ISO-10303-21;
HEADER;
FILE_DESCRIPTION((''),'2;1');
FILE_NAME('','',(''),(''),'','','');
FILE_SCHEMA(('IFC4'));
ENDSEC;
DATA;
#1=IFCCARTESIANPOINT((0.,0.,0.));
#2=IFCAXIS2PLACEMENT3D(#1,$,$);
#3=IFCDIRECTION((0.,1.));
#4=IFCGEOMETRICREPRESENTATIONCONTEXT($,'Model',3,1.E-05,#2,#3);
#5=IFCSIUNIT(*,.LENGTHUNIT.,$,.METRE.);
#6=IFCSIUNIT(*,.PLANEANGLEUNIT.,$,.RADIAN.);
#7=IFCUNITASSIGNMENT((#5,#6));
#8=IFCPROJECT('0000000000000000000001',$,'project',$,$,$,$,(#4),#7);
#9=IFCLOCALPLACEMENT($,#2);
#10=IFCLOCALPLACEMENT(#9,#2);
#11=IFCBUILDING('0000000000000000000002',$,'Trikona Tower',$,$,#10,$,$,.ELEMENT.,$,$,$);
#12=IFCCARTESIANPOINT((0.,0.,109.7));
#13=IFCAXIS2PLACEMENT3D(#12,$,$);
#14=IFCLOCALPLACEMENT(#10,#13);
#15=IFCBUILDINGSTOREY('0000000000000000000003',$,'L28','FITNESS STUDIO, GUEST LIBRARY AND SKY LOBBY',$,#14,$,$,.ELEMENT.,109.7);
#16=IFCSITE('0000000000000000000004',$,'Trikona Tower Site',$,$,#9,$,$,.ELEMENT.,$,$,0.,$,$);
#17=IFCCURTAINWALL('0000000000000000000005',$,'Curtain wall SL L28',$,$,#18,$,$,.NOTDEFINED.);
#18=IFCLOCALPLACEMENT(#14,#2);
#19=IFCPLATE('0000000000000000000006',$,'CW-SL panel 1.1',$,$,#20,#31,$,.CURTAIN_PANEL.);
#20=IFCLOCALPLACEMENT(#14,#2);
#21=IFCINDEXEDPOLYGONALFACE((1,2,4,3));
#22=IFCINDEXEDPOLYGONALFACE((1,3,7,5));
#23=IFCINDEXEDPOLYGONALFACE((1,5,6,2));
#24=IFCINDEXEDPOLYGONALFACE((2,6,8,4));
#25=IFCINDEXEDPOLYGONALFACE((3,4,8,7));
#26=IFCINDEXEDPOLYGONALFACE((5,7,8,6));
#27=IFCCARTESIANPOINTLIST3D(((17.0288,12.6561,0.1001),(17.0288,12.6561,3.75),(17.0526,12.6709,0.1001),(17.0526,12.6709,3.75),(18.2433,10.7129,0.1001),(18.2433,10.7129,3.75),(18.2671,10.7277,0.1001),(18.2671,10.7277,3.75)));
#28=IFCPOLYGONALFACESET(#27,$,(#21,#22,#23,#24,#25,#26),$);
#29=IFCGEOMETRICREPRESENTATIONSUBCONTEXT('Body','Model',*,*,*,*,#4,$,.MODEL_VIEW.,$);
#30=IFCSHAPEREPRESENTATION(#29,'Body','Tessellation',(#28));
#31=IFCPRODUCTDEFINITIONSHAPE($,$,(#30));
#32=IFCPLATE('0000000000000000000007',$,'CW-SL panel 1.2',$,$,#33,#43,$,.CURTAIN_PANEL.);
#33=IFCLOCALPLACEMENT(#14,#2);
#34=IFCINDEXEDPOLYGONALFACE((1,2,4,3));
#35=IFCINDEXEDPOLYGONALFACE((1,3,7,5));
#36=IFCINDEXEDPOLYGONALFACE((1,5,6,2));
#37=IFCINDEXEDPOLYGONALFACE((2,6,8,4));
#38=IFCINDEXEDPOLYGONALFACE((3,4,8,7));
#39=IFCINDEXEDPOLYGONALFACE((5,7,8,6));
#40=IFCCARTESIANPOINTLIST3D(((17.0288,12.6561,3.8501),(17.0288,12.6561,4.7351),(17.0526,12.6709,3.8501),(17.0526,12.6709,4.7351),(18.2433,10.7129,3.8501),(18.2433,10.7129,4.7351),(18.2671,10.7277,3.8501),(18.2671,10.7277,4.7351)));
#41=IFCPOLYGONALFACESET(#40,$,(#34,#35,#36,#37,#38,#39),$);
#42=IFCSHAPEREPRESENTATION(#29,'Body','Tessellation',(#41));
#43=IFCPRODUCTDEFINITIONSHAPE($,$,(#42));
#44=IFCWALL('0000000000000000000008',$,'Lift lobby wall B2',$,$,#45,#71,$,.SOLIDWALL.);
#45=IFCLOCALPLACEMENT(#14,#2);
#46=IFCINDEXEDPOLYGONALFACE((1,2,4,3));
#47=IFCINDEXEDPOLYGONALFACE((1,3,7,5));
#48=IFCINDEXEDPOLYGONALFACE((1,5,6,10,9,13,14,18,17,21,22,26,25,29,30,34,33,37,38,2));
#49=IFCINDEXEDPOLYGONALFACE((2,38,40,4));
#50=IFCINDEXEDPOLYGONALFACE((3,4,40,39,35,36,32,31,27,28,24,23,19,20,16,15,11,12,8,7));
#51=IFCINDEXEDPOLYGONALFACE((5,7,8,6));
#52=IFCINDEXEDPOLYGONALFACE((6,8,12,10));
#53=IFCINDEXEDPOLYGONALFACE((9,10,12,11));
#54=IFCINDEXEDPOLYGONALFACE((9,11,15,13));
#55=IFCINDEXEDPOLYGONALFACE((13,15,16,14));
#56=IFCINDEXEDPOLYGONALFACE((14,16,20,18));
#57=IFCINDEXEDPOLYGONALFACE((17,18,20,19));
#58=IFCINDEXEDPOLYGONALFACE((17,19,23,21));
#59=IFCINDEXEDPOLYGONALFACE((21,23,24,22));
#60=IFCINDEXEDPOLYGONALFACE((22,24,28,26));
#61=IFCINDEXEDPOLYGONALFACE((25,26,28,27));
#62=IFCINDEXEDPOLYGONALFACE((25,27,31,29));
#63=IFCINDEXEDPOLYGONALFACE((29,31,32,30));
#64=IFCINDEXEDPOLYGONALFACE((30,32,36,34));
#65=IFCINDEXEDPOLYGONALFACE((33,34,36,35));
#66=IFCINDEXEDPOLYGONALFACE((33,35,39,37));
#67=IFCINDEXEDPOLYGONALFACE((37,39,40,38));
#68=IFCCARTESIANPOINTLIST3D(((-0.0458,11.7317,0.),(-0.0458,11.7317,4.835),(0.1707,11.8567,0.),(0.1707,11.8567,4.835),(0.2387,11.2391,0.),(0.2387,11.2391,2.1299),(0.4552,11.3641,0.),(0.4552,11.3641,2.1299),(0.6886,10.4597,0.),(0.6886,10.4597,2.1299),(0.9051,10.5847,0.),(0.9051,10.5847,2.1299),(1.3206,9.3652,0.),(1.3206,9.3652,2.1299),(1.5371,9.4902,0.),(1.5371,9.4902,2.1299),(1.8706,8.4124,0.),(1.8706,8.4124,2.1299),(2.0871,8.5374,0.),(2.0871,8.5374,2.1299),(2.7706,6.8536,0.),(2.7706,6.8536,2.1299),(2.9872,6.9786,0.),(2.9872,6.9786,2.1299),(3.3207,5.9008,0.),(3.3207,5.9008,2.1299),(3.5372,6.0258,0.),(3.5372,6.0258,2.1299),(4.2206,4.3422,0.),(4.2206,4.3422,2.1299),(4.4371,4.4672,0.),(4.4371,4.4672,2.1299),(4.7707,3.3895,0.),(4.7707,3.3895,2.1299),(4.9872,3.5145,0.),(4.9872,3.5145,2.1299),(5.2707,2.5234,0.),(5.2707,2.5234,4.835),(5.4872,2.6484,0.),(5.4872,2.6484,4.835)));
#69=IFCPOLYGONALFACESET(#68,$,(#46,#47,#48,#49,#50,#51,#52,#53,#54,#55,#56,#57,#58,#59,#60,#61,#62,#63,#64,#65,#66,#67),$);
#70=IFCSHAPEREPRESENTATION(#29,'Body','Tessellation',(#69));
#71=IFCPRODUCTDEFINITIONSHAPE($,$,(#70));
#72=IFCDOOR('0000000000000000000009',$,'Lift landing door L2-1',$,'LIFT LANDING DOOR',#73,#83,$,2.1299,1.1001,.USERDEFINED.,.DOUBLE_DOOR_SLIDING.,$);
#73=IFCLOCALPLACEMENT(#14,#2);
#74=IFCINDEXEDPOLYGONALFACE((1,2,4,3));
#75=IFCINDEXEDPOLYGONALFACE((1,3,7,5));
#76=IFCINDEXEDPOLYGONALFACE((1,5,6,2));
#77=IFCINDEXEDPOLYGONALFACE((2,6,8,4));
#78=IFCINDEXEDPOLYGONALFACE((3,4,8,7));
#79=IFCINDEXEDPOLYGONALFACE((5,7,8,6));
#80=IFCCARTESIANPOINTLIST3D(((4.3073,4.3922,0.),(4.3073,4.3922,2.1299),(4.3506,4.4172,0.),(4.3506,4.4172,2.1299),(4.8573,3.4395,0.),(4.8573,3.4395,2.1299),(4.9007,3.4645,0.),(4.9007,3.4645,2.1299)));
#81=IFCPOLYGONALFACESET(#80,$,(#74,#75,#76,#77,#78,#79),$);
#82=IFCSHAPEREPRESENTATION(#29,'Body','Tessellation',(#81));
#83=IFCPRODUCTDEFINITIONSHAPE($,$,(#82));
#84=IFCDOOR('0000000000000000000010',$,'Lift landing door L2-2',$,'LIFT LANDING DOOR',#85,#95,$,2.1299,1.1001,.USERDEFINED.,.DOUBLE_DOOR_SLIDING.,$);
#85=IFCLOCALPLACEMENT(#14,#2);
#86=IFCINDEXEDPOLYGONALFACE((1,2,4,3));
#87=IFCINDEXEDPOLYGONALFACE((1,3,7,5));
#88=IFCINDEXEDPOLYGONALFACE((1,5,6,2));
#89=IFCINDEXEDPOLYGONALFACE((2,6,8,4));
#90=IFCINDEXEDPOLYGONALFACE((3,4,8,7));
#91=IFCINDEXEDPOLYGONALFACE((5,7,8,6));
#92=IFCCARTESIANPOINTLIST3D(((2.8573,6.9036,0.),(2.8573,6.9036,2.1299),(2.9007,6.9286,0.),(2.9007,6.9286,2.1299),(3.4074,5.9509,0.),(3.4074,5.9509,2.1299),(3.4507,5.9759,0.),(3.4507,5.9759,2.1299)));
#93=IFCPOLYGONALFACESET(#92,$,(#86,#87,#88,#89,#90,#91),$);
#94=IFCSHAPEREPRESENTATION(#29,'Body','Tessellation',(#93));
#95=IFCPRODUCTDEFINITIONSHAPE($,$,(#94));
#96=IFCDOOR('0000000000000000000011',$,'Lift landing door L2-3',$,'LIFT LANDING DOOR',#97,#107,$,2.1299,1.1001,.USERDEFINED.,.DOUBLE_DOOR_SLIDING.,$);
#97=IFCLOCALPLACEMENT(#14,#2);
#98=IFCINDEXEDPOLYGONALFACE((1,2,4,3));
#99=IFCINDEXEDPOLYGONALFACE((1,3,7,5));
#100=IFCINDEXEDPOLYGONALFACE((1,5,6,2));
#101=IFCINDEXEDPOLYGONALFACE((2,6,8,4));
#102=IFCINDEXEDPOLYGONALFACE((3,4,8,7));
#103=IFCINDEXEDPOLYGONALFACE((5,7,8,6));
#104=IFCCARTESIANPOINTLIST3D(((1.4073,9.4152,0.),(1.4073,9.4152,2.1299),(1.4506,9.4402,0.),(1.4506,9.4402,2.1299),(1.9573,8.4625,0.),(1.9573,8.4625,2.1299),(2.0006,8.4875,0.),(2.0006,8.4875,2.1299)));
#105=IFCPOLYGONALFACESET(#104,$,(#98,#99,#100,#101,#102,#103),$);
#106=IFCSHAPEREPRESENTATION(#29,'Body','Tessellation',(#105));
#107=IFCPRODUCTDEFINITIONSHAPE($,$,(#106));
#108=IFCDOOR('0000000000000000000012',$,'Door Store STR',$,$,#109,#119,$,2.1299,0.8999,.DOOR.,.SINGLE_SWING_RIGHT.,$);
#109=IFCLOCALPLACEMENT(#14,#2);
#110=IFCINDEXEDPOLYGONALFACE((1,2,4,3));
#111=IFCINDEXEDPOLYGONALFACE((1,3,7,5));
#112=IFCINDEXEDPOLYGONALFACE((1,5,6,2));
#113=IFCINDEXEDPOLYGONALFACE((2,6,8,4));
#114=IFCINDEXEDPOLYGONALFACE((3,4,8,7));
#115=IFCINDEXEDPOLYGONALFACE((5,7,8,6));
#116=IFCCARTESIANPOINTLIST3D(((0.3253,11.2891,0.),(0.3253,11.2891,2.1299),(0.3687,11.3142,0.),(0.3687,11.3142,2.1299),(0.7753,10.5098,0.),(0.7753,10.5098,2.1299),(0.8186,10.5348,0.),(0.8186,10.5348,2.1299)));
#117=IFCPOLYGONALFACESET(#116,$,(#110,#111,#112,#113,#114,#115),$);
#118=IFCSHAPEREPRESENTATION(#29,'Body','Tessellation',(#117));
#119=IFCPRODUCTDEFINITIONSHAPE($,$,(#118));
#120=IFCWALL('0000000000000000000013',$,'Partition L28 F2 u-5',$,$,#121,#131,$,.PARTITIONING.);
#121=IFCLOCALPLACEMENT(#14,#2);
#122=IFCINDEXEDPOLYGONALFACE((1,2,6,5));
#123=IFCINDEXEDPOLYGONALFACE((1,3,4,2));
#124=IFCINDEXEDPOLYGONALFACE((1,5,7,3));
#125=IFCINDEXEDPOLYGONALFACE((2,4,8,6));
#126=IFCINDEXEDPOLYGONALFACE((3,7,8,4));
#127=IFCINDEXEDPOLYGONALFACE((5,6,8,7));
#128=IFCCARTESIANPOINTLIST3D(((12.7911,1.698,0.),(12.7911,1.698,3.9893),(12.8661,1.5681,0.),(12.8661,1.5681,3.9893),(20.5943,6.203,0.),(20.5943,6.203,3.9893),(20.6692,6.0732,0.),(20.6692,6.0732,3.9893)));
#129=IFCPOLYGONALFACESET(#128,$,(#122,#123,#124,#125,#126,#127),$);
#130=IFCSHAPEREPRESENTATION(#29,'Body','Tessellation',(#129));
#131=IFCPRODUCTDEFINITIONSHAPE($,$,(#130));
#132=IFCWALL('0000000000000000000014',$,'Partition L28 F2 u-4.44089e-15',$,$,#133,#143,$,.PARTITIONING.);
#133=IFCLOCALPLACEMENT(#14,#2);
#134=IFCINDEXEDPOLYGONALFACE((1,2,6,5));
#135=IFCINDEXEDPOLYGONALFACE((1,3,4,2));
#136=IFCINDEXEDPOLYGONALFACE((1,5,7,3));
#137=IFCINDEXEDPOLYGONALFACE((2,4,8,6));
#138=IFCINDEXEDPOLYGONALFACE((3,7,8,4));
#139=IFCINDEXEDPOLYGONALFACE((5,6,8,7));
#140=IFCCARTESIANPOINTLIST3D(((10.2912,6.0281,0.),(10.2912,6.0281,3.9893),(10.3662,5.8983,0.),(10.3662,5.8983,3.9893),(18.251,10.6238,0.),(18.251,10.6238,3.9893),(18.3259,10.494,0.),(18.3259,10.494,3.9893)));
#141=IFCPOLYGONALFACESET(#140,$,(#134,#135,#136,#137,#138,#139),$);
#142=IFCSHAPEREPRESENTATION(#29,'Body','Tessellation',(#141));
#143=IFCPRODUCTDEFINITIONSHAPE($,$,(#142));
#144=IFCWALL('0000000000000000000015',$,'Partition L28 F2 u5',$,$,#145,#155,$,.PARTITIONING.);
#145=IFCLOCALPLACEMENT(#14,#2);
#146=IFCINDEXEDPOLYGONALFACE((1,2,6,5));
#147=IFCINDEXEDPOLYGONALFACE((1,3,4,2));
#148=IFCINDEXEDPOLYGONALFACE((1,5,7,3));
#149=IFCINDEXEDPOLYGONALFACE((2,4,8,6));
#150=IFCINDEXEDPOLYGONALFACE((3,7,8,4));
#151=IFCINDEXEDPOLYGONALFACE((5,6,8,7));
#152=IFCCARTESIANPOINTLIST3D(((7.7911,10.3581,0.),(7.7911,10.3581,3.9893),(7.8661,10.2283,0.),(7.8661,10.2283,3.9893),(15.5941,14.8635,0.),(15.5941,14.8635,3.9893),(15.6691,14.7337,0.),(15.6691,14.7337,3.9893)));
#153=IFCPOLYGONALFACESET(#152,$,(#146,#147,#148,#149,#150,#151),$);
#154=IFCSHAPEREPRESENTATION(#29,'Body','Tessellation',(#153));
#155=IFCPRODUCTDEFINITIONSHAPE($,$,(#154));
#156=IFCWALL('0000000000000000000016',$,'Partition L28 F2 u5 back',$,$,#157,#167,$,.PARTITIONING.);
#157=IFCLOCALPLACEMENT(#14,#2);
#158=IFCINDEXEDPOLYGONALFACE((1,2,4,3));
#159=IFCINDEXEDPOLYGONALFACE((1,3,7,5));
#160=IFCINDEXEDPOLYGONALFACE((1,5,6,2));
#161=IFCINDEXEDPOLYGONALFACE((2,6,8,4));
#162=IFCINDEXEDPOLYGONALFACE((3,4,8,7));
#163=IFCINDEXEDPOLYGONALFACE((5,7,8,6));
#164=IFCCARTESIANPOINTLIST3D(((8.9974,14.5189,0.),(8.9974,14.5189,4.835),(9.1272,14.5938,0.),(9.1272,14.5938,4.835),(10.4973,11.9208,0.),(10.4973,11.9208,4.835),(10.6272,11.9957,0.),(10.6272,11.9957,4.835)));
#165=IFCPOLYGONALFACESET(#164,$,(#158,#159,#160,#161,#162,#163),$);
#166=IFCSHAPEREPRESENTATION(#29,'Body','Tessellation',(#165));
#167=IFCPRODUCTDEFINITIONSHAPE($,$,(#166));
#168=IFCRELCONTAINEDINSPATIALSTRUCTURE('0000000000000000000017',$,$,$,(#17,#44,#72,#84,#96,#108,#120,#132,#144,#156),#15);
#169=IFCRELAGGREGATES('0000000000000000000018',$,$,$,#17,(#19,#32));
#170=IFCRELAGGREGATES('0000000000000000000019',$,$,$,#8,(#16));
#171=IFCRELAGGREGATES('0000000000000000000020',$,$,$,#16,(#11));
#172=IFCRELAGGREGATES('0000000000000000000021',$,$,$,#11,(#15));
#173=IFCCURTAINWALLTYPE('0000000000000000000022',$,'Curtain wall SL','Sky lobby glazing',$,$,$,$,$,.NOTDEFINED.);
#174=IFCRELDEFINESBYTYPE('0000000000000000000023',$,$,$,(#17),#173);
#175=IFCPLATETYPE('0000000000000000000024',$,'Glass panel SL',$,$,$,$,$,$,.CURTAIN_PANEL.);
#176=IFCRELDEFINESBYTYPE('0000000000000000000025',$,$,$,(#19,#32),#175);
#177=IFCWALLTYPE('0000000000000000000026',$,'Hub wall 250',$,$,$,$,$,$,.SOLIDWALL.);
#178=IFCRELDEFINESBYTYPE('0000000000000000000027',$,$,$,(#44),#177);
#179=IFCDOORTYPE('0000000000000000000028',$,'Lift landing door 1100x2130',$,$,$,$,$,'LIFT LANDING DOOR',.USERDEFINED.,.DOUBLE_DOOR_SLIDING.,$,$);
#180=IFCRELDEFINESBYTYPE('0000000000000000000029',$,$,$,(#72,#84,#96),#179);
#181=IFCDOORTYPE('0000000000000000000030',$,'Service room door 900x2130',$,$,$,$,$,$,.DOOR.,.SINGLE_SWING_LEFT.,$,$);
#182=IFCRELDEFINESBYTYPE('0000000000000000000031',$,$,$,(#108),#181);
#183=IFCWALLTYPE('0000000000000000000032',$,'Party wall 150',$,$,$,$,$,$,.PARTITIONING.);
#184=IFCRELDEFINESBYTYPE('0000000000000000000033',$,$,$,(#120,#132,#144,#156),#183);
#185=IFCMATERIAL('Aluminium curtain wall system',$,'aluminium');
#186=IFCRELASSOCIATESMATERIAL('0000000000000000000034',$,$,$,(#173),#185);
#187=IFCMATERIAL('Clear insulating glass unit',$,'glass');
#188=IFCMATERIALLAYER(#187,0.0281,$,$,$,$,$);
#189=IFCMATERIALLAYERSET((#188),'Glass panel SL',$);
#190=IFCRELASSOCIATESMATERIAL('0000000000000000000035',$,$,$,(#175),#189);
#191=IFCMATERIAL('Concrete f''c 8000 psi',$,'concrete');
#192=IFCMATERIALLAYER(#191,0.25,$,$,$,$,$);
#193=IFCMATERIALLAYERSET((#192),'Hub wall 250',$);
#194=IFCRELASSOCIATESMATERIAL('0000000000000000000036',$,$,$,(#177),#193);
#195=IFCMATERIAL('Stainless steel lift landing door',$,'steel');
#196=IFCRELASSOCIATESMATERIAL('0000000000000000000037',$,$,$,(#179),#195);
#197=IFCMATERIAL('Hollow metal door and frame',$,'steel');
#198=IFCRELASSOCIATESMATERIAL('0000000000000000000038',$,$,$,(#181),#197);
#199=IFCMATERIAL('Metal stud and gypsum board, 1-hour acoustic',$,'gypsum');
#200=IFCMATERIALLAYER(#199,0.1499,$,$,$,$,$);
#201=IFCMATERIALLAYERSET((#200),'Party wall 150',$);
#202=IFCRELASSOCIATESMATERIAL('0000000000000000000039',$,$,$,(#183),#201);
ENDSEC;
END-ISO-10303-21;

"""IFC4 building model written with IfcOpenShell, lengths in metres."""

from ifc_helpers import new_model, si_unit, direction, frame, frame_2d, origin, origin_2d, place, context, subcontext, project, spatial, rectangle, extrude, material, layer, layer_set, type_object, element, fill, aggregate, save


model = new_model("IFC4")

# Units and contexts
model_context = context("Model", 3, precision=1e-05, world=origin(), true_north=direction((0.0, 1.0)))
body_context = subcontext(model_context, "Body", "Model", "MODEL_VIEW")
ifc_project = project(units=[si_unit("LENGTHUNIT", "METRE"), si_unit("PLANEANGLEUNIT", "RADIAN")], contexts=[model_context])

# Site, building, storey
site_placement = place(None, origin())
site = spatial("IfcSite", under=ifc_project, at=site_placement, Name="Trikona Tower Site", CompositionType="ELEMENT", RefElevation=0.0)
building_placement = place(site_placement, origin())
building = spatial("IfcBuilding", under=site, at=building_placement, Name="Trikona Tower", CompositionType="ELEMENT")
storey_placement = place(building_placement, frame((0.0, 0.0, 109.7)))
storey = spatial("IfcBuildingStorey", under=building, at=storey_placement, Name="L28", Description="FITNESS STUDIO, GUEST LIBRARY AND SKY LOBBY", CompositionType="ELEMENT", Elevation=109.7)

# Shared definitions
ifc_material_1 = material(Name="Aluminium curtain wall system", Category="aluminium")
curtain_wall_type = type_object("IfcCurtainWallType", Name="Curtain wall SL", Description="Sky lobby glazing", PredefinedType="NOTDEFINED", material=ifc_material_1)

# Curtain wall
curtain_wall_1_placement = place(storey_placement, origin())
curtain_wall_1 = element("IfcCurtainWall", 1, at=curtain_wall_1_placement, inside=storey, type_object=curtain_wall_type, Name="Curtain wall SL L28", PredefinedType="NOTDEFINED")

# Plates
ifc_material_2 = material(Name="Clear insulating glass unit", Category="glass")
ifc_layer_1 = layer(ifc_material_2, 0.0281)
ifc_layer_set_1 = layer_set([ifc_layer_1], Name="Glass panel SL")
plate_type = type_object("IfcPlateType", Name="Glass panel SL", PredefinedType="CURTAIN_PANEL", material=ifc_layer_set_1)
plate_1_placement = place(storey_placement, frame((17.6479, 11.6919, 0.1001), z_axis=(0.0, 0.0, 1.0), x_axis=(-0.529999, 0.847998, 0.0)))
plate_1 = element("IfcPlate", 2, at=plate_1_placement, type_object=plate_type, Name="CW-SL panel 1.1", PredefinedType="CURTAIN_PANEL", context=body_context, shape_type="SweptSolid", body=[
    extrude(rectangle(XDim=2.2915, YDim=0.0281, at=origin_2d()), origin(), (0.0, 0.0, 1.0), 3.6499),
])
plate_2_placement = place(storey_placement, frame((17.6479, 11.6919, 3.8501), z_axis=(0.0, 0.0, 1.0), x_axis=(-0.529999, 0.847998, 0.0)))
plate_2 = element("IfcPlate", 3, at=plate_2_placement, type_object=plate_type, Name="CW-SL panel 1.2", PredefinedType="CURTAIN_PANEL", context=body_context, shape_type="SweptSolid", body=[
    extrude(rectangle(XDim=2.2915, YDim=0.0281, at=origin_2d()), origin(), (0.0, 0.0, 1.0), 0.885),
])
aggregate(curtain_wall_1, [plate_1, plate_2])

# Wall, openings, doors
ifc_material_3 = material(Name="Concrete f'c 8000 psi", Category="concrete")
ifc_layer_2 = layer(ifc_material_3, 0.25)
ifc_layer_set_2 = layer_set([ifc_layer_2], Name="Hub wall 250")
wall_type_1 = type_object("IfcWallType", Name="Hub wall 250", PredefinedType="SOLIDWALL", material=ifc_layer_set_2)
wall_1_placement = place(storey_placement, frame((5.3789, 2.5859, 0.0), z_axis=(0.0, 0.0, 1.0), x_axis=(-0.500001, 0.866025, 0.0)))
wall_1 = element("IfcWall", 4, at=wall_1_placement, inside=storey, type_object=wall_type_1, Name="Lift lobby wall B2", PredefinedType="SOLIDWALL", context=body_context, shape_type="SweptSolid", body=[
    extrude(rectangle(XDim=10.6328, YDim=0.25, at=frame_2d((5.3164, 0.0))), origin(), (0.0, 0.0, 1.0), 4.835),
])
opening_1_placement = place(wall_1_placement, frame((9.1641, 0.0, 0.0)))
opening_1 = element("IfcOpeningElement", 5, at=opening_1_placement, cuts=wall_1, PredefinedType="OPENING", context=body_context, shape_type="SweptSolid", body=[
    extrude(rectangle(XDim=0.8999, YDim=2.1299, at=frame_2d((0.45, 1.0649))), frame((0.0, 0.135, 0.0), z_axis=(0.0, -1.0, 0.0), x_axis=(1.0, 0.0, 0.0)), (0.0, 0.0, 1.0), 0.27),
])
opening_2_placement = place(wall_1_placement, frame((1.0, 0.0, 0.0)))
opening_2 = element("IfcOpeningElement", 6, at=opening_2_placement, cuts=wall_1, PredefinedType="OPENING", context=body_context, shape_type="SweptSolid", body=[
    extrude(rectangle(XDim=1.1001, YDim=2.1299, at=frame_2d((0.55, 1.0649))), frame((0.0, 0.135, 0.0), z_axis=(0.0, -1.0, 0.0), x_axis=(1.0, 0.0, 0.0)), (0.0, 0.0, 1.0), 0.27),
])
opening_3_placement = place(wall_1_placement, frame((3.8999, 0.0, 0.0)))
opening_3 = element("IfcOpeningElement", 7, at=opening_3_placement, cuts=wall_1, PredefinedType="OPENING", context=body_context, shape_type="SweptSolid", body=[
    extrude(rectangle(XDim=1.1001, YDim=2.1299, at=frame_2d((0.55, 1.0649))), frame((0.0, 0.135, 0.0), z_axis=(0.0, -1.0, 0.0), x_axis=(1.0, 0.0, 0.0)), (0.0, 0.0, 1.0), 0.27),
])
opening_4_placement = place(wall_1_placement, frame((6.8, 0.0, 0.0)))
opening_4 = element("IfcOpeningElement", 8, at=opening_4_placement, cuts=wall_1, PredefinedType="OPENING", context=body_context, shape_type="SweptSolid", body=[
    extrude(rectangle(XDim=1.1001, YDim=2.1299, at=frame_2d((0.55, 1.0649))), frame((0.0, 0.135, 0.0), z_axis=(0.0, -1.0, 0.0), x_axis=(1.0, 0.0, 0.0)), (0.0, 0.0, 1.0), 0.27),
])
ifc_material_4 = material(Name="Stainless steel lift landing door", Category="steel")
door_type_1 = type_object("IfcDoorType", Name="Lift landing door 1100x2130", ElementType="LIFT LANDING DOOR", OperationType="DOUBLE_DOOR_SLIDING", PredefinedType="USERDEFINED", material=ifc_material_4)
door_1_placement = place(opening_2_placement, origin())
door_1 = element("IfcDoor", 9, at=door_1_placement, inside=storey, type_object=door_type_1, Name="Lift landing door L2-1", ObjectType="LIFT LANDING DOOR", OperationType="DOUBLE_DOOR_SLIDING", OverallHeight=2.1299, OverallWidth=1.1001, PredefinedType="USERDEFINED", context=body_context, shape_type="SweptSolid", body=[
    extrude(rectangle(XDim=1.1001, YDim=2.1299, at=frame_2d((0.55, 1.0649))), frame((0.0, 0.0249, 0.0), z_axis=(0.0, -1.0, 0.0), x_axis=(1.0, 0.0, 0.0)), (0.0, 0.0, 1.0), 0.05),
])
fill(opening_2, door_1)
door_2_placement = place(opening_3_placement, origin())
door_2 = element("IfcDoor", 10, at=door_2_placement, inside=storey, type_object=door_type_1, Name="Lift landing door L2-2", ObjectType="LIFT LANDING DOOR", OperationType="DOUBLE_DOOR_SLIDING", OverallHeight=2.1299, OverallWidth=1.1001, PredefinedType="USERDEFINED", context=body_context, shape_type="SweptSolid", body=[
    extrude(rectangle(XDim=1.1001, YDim=2.1299, at=frame_2d((0.55, 1.0649))), frame((0.0, 0.0249, 0.0), z_axis=(0.0, -1.0, 0.0), x_axis=(1.0, 0.0, 0.0)), (0.0, 0.0, 1.0), 0.05),
])
fill(opening_3, door_2)
door_3_placement = place(opening_4_placement, origin())
door_3 = element("IfcDoor", 11, at=door_3_placement, inside=storey, type_object=door_type_1, Name="Lift landing door L2-3", ObjectType="LIFT LANDING DOOR", OperationType="DOUBLE_DOOR_SLIDING", OverallHeight=2.1299, OverallWidth=1.1001, PredefinedType="USERDEFINED", context=body_context, shape_type="SweptSolid", body=[
    extrude(rectangle(XDim=1.1001, YDim=2.1299, at=frame_2d((0.55, 1.0649))), frame((0.0, 0.0249, 0.0), z_axis=(0.0, -1.0, 0.0), x_axis=(1.0, 0.0, 0.0)), (0.0, 0.0, 1.0), 0.05),
])
fill(opening_4, door_3)
ifc_material_5 = material(Name="Hollow metal door and frame", Category="steel")
door_type_2 = type_object("IfcDoorType", Name="Service room door 900x2130", OperationType="SINGLE_SWING_LEFT", PredefinedType="DOOR", material=ifc_material_5)
door_4_placement = place(opening_1_placement, origin())
door_4 = element("IfcDoor", 12, at=door_4_placement, inside=storey, type_object=door_type_2, Name="Door Store STR", OperationType="SINGLE_SWING_RIGHT", OverallHeight=2.1299, OverallWidth=0.8999, PredefinedType="DOOR", context=body_context, shape_type="SweptSolid", body=[
    extrude(rectangle(XDim=0.8999, YDim=2.1299, at=frame_2d((0.45, 1.0649))), frame((0.0, 0.0249, 0.0), z_axis=(0.0, -1.0, 0.0), x_axis=(1.0, 0.0, 0.0)), (0.0, 0.0, 1.0), 0.05),
])
fill(opening_1, door_4)

# Walls
ifc_material_6 = material(Name="Metal stud and gypsum board, 1-hour acoustic", Category="gypsum")
ifc_layer_3 = layer(ifc_material_6, 0.1499)
ifc_layer_set_3 = layer_set([ifc_layer_3], Name="Party wall 150")
wall_type_2 = type_object("IfcWallType", Name="Party wall 150", PredefinedType="PARTITIONING", material=ifc_layer_set_3)
wall_2_placement = place(storey_placement, frame((12.8286, 1.6331, 0.0), z_axis=(0.0, 0.0, 1.0), x_axis=(0.866029, 0.499995, 0.0)))
element("IfcWall", 13, at=wall_2_placement, inside=storey, type_object=wall_type_2, Name="Partition L28 F2 u-5", PredefinedType="PARTITIONING", context=body_context, shape_type="SweptSolid", body=[
    extrude(rectangle(XDim=9.0103, YDim=0.1499, at=frame_2d((4.5051, 0.0))), origin(), (0.0, 0.0, 1.0), 3.9893),
])
wall_3_placement = place(storey_placement, frame((10.3286, 5.9631, 0.0), z_axis=(0.0, 0.0, 1.0), x_axis=(0.866018, 0.500013, 0.0)))
element("IfcWall", 14, at=wall_3_placement, inside=storey, type_object=wall_type_2, Name="Partition L28 F2 u-4.44089e-15", PredefinedType="PARTITIONING", context=body_context, shape_type="SweptSolid", body=[
    extrude(rectangle(XDim=9.1912, YDim=0.1499, at=frame_2d((4.5957, 0.0))), origin(), (0.0, 0.0, 1.0), 3.9893),
])
wall_4_placement = place(storey_placement, frame((7.8286, 10.2932, 0.0), z_axis=(0.0, 0.0, 1.0), x_axis=(0.86601, 0.500027, 0.0)))
element("IfcWall", 15, at=wall_4_placement, inside=storey, type_object=wall_type_2, Name="Partition L28 F2 u5", PredefinedType="PARTITIONING", context=body_context, shape_type="SweptSolid", body=[
    extrude(rectangle(XDim=9.0103, YDim=0.1499, at=frame_2d((4.5051, 0.0))), origin(), (0.0, 0.0, 1.0), 3.9893),
])
wall_5_placement = place(storey_placement, frame((10.5623, 11.9583, 0.0), z_axis=(0.0, 0.0, 1.0), x_axis=(-0.49999, 0.866031, 0.0)))
element("IfcWall", 16, at=wall_5_placement, inside=storey, type_object=wall_type_2, Name="Partition L28 F2 u5 back", PredefinedType="PARTITIONING", context=body_context, shape_type="SweptSolid", body=[
    extrude(rectangle(XDim=3.0, YDim=0.1499, at=frame_2d((1.5, 0.0))), origin(), (0.0, 0.0, 1.0), 4.835),
])

save(model, "model.ifc")
